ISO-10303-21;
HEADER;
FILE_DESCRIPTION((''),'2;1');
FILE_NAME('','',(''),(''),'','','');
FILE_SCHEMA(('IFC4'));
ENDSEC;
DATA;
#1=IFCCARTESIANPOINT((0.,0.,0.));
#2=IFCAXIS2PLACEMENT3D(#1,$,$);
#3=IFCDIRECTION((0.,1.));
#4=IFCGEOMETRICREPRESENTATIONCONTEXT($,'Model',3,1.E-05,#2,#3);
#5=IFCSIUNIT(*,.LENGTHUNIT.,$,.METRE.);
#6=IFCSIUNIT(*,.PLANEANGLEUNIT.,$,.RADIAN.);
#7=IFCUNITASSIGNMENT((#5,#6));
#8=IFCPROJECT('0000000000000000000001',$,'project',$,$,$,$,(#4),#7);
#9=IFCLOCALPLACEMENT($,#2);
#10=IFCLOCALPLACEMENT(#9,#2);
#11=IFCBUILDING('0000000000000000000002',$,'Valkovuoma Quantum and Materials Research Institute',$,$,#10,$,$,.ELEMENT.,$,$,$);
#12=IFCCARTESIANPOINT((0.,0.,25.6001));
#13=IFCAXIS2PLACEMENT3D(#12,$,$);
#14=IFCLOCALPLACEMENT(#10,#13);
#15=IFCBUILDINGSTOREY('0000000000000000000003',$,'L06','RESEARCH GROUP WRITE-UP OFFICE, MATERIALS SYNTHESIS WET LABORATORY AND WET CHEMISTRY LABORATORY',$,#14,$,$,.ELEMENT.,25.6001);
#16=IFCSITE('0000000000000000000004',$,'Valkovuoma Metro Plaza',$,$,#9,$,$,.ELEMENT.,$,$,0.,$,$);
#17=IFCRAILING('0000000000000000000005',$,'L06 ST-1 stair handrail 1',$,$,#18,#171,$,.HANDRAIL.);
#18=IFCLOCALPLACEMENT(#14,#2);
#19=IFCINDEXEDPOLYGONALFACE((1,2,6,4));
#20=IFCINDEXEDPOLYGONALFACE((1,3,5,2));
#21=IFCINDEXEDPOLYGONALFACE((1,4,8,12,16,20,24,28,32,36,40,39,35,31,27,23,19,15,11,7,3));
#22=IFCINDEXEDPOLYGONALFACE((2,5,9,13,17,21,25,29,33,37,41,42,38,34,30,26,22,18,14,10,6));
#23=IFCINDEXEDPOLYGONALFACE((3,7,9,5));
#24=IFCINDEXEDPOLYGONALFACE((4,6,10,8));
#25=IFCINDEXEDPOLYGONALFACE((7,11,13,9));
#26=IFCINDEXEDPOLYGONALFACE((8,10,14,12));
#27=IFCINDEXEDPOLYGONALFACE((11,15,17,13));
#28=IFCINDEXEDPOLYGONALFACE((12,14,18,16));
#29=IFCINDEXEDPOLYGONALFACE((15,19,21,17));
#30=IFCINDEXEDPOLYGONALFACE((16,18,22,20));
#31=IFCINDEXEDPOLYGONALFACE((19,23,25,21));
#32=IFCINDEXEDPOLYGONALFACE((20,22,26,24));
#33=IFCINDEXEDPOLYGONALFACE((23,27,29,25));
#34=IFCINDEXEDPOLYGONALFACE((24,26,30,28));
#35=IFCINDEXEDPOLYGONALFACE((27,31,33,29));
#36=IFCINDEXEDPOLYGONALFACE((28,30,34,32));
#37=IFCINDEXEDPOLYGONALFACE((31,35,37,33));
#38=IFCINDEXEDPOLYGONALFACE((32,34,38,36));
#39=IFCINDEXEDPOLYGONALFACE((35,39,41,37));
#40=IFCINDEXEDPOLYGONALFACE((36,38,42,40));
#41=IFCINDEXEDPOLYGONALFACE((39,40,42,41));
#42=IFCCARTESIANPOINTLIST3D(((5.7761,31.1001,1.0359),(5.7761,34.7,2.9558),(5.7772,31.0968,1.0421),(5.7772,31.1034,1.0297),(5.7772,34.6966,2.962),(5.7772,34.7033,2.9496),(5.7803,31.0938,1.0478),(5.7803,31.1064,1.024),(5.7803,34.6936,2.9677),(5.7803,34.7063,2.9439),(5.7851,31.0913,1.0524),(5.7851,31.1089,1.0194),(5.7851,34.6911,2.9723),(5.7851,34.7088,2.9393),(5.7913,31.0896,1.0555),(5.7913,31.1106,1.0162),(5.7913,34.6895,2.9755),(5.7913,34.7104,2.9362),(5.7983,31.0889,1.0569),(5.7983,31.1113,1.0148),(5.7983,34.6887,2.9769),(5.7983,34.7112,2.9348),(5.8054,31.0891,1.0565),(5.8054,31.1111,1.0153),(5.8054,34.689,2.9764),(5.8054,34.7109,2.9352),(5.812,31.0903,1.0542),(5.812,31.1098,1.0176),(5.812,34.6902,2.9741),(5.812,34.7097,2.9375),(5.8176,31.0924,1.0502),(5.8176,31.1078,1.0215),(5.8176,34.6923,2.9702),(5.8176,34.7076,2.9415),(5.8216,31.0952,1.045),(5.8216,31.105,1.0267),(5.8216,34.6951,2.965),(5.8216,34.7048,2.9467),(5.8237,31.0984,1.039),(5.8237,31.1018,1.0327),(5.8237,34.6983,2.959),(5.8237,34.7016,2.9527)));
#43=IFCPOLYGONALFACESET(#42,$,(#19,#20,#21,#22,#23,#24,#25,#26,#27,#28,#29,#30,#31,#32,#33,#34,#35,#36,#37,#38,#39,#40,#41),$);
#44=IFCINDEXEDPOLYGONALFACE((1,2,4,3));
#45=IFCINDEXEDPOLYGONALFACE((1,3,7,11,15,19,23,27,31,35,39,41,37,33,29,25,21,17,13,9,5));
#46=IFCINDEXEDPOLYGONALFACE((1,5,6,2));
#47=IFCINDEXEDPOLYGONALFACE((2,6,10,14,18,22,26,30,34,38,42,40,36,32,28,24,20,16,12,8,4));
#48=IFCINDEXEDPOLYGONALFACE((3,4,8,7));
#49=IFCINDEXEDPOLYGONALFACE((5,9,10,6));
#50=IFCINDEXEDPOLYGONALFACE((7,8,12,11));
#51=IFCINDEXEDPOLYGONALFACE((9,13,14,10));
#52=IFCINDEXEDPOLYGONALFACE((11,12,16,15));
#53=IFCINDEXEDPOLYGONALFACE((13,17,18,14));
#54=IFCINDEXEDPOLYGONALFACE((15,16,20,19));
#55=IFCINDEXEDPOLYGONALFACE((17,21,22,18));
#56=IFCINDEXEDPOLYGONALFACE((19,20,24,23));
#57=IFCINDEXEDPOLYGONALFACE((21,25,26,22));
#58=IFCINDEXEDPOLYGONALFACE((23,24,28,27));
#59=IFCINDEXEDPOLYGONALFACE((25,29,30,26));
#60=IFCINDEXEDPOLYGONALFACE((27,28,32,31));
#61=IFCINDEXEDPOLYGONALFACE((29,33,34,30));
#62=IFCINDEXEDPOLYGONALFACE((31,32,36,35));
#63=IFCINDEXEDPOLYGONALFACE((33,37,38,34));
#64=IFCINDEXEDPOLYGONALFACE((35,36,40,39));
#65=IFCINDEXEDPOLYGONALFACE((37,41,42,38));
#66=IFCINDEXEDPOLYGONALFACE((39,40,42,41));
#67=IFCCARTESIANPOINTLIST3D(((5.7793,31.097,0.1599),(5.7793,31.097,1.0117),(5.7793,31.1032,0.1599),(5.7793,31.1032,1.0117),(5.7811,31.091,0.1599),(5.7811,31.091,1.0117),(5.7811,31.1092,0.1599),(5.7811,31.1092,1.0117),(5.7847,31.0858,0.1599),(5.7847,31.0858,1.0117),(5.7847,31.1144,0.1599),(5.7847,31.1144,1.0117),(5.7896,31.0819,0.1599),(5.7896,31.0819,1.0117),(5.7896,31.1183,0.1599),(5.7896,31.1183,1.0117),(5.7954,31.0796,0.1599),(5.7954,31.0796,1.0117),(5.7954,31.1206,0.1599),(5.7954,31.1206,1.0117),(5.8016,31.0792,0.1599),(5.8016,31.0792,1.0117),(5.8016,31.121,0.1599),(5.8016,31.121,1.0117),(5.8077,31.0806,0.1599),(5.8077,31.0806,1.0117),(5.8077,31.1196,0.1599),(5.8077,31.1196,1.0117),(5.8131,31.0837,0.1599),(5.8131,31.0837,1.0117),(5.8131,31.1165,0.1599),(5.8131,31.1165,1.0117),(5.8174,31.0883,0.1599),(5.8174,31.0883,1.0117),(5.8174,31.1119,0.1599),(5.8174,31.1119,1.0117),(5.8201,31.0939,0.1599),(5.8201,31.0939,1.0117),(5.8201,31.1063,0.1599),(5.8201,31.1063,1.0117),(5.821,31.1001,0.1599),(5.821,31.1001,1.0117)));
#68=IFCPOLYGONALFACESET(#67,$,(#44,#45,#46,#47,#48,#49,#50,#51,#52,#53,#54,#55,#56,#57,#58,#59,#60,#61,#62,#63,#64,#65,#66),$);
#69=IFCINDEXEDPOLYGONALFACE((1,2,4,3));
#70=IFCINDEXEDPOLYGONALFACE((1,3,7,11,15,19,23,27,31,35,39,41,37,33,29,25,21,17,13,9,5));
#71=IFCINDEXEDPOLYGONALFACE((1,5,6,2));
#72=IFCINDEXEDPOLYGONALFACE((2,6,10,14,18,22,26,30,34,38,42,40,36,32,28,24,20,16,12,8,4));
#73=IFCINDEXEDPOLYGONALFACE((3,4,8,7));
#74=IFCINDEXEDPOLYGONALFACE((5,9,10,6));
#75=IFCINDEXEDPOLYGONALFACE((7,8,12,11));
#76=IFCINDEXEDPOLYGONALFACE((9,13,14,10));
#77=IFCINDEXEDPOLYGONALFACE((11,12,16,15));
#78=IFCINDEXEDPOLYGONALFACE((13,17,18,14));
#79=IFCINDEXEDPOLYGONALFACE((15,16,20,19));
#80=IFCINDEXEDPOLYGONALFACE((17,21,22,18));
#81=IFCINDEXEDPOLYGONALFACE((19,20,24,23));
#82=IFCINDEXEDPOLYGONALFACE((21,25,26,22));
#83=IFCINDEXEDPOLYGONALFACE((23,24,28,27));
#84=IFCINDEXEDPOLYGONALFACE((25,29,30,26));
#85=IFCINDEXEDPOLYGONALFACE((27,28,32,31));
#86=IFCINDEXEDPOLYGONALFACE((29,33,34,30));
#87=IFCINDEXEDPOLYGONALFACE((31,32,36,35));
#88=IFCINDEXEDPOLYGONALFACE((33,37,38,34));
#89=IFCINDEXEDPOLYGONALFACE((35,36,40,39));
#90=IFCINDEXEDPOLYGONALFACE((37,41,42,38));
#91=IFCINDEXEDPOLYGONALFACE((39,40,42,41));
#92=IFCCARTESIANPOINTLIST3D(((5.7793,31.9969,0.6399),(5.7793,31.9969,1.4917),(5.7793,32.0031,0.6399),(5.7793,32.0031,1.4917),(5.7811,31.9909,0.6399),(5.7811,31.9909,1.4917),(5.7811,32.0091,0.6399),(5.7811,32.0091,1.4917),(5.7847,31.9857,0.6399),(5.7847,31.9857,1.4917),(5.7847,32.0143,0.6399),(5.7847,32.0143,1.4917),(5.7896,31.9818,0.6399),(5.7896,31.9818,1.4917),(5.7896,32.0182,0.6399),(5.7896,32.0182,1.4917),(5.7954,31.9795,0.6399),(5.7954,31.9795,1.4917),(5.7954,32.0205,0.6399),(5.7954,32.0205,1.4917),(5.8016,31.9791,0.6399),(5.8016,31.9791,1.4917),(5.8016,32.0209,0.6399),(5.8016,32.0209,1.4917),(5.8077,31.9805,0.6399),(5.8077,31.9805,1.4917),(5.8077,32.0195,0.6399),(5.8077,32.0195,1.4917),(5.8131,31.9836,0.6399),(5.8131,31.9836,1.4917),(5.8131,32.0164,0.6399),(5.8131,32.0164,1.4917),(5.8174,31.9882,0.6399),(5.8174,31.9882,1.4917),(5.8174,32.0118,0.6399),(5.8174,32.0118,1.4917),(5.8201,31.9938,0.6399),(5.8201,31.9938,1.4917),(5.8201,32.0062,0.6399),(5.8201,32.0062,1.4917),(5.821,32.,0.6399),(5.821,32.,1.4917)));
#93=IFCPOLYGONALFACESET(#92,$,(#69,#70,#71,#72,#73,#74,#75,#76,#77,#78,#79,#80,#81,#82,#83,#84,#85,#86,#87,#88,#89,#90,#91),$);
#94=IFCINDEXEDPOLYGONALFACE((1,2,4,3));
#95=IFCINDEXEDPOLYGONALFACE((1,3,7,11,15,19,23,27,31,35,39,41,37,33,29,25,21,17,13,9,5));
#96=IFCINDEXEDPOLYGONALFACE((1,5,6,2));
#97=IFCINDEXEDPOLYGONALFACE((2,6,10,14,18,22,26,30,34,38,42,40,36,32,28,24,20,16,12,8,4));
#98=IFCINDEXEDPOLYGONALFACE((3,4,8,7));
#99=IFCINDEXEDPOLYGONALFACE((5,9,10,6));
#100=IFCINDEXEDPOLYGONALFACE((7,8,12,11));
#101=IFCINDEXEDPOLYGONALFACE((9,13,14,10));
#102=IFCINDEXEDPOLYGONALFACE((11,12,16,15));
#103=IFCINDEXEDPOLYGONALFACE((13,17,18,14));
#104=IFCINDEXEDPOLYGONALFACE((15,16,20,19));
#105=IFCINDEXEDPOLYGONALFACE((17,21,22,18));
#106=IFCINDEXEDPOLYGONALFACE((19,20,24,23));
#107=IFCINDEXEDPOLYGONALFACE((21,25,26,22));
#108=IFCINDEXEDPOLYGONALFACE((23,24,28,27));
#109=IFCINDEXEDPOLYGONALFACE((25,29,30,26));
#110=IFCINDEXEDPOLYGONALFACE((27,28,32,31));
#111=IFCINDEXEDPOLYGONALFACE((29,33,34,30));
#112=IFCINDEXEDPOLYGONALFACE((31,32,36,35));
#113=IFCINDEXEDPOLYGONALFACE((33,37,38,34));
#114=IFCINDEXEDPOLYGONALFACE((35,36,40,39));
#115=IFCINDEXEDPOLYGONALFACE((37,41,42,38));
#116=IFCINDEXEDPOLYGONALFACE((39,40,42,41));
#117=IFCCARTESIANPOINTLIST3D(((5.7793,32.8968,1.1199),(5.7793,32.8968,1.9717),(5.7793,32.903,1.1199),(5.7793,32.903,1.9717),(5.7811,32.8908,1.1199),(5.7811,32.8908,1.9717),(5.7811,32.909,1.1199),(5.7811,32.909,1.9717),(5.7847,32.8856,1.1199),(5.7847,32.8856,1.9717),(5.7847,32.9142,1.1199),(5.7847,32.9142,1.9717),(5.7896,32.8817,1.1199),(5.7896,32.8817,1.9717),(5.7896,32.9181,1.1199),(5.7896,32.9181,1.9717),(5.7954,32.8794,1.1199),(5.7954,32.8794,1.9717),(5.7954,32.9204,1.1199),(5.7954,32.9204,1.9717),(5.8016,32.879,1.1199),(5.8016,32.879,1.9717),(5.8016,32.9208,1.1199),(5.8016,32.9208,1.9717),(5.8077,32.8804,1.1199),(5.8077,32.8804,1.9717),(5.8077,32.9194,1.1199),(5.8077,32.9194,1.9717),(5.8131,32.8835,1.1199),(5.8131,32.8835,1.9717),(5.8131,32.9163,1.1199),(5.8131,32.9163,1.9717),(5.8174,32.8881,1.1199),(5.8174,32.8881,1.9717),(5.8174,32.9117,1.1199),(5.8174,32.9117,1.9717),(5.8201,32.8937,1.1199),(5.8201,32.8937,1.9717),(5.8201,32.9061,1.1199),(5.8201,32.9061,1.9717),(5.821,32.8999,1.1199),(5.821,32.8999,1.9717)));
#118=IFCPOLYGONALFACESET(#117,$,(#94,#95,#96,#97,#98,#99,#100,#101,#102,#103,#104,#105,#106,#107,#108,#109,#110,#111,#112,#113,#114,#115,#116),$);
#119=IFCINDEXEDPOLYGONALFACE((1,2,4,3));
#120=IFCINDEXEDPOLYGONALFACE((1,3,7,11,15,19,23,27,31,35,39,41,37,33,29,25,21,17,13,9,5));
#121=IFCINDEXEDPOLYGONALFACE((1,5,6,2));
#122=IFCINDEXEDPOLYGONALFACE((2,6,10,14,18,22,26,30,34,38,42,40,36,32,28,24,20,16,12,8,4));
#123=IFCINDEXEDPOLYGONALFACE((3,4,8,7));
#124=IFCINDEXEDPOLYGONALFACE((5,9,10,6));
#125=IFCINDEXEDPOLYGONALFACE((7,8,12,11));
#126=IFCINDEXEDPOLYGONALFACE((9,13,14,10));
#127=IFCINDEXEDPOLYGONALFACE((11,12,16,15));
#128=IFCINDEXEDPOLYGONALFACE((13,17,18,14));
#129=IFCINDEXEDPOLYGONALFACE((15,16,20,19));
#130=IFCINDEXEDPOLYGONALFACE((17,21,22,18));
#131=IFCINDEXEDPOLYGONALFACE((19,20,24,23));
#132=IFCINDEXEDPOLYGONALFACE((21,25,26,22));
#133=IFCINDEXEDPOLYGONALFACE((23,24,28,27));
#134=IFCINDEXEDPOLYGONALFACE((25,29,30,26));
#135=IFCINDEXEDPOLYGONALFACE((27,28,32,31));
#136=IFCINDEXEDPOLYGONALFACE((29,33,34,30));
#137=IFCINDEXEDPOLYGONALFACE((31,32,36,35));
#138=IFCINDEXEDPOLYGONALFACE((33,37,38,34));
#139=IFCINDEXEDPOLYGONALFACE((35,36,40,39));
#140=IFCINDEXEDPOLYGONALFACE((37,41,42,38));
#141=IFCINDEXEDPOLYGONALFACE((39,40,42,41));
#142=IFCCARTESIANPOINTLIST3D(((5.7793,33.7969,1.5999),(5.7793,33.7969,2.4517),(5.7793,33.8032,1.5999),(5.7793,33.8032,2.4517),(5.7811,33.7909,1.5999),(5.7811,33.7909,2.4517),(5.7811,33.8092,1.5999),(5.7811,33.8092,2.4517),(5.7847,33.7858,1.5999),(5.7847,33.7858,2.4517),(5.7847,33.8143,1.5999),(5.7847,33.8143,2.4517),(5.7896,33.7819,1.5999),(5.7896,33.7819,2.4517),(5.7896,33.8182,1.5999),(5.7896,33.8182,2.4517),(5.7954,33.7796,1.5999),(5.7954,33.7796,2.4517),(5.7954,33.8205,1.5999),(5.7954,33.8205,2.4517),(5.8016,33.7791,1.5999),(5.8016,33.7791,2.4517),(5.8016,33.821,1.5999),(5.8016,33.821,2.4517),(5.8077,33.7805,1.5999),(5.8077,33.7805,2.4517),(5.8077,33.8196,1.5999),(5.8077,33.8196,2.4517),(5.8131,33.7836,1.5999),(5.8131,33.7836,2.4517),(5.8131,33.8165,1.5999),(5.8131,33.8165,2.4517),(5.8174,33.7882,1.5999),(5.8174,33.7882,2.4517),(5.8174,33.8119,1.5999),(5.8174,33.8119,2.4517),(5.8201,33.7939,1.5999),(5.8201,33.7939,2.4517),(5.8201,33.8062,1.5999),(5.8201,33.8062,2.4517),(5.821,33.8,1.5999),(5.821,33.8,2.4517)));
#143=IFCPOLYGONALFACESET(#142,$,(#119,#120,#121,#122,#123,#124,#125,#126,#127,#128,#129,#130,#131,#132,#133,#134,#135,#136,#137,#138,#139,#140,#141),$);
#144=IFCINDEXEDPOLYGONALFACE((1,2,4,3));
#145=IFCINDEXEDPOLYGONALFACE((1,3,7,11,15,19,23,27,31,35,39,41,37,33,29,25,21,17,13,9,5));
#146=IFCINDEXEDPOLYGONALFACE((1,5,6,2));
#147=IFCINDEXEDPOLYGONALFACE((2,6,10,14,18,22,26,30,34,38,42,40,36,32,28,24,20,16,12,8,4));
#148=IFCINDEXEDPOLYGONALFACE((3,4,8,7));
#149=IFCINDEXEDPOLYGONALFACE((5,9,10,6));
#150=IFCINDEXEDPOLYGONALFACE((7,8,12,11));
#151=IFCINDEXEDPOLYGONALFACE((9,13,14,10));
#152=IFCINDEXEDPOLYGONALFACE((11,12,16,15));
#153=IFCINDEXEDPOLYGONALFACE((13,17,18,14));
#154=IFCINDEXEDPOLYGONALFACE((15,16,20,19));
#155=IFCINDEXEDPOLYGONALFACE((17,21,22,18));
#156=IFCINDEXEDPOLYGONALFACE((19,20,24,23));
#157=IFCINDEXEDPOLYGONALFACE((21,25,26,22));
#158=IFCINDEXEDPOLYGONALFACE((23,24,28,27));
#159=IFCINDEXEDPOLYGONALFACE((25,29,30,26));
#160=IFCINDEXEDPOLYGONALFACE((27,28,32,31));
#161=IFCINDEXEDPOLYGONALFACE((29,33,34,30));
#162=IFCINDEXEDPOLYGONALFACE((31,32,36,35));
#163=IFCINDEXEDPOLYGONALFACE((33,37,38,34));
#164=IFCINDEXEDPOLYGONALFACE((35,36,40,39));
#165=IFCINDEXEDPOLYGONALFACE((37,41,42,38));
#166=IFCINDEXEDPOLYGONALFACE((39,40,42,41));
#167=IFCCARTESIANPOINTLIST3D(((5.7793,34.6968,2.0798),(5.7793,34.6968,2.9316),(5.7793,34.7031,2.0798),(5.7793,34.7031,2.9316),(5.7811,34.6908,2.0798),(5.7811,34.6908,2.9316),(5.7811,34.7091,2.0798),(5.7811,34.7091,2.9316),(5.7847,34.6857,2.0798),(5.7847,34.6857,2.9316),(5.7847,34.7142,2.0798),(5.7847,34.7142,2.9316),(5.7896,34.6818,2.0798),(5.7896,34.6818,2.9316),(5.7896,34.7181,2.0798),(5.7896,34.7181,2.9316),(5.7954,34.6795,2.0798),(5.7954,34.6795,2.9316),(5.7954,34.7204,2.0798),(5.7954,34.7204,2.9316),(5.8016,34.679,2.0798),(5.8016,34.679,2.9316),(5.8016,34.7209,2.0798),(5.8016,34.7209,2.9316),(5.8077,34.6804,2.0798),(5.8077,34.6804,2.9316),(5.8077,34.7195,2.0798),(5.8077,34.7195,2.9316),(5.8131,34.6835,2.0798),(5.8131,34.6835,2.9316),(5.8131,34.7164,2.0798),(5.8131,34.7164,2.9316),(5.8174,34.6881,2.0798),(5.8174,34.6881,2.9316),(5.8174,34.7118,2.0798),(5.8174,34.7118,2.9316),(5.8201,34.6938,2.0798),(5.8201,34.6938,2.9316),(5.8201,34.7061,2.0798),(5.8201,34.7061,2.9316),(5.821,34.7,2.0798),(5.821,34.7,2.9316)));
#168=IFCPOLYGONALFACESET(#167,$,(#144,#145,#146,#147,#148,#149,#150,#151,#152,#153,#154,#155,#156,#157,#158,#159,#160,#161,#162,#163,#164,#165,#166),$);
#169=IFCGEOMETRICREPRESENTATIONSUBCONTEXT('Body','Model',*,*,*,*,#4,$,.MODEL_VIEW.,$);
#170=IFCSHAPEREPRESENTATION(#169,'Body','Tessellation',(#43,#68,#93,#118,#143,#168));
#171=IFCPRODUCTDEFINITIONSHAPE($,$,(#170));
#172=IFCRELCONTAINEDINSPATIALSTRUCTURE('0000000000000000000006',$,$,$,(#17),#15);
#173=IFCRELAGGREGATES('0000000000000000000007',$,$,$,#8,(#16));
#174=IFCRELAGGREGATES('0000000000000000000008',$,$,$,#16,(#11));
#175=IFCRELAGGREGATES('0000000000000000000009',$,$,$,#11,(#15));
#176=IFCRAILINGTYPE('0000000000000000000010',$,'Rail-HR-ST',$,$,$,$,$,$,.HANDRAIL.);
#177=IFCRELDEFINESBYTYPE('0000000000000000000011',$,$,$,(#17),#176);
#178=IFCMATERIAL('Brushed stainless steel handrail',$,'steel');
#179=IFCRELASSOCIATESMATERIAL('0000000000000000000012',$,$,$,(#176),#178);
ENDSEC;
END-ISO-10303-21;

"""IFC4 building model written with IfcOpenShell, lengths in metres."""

from ifc_helpers import new_model, si_unit, direction, frame, origin, origin_2d, place, context, subcontext, project, spatial, circle, extrude, material, type_object, element, save


model = new_model("IFC4")

# Units and contexts
model_context = context("Model", 3, precision=1e-05, world=origin(), true_north=direction((0.0, 1.0)))
body_context = subcontext(model_context, "Body", "Model", "MODEL_VIEW")
ifc_project = project(units=[si_unit("LENGTHUNIT", "METRE"), si_unit("PLANEANGLEUNIT", "RADIAN")], contexts=[model_context])

# Site, building, storey
site_placement = place(None, origin())
site = spatial("IfcSite", under=ifc_project, at=site_placement, Name="Valkovuoma Metro Plaza", CompositionType="ELEMENT", RefElevation=0.0)
building_placement = place(site_placement, origin())
building = spatial("IfcBuilding", under=site, at=building_placement, Name="Valkovuoma Quantum and Materials Research Institute", CompositionType="ELEMENT")
storey_placement = place(building_placement, frame((0.0, 0.0, 25.6001)))
storey = spatial("IfcBuildingStorey", under=building, at=storey_placement, Name="L06", Description="RESEARCH GROUP WRITE-UP OFFICE, MATERIALS SYNTHESIS WET LABORATORY AND WET CHEMISTRY LABORATORY", CompositionType="ELEMENT", Elevation=25.6001)

# Railing
ifc_material_1 = material(Name="Brushed stainless steel handrail", Category="steel")
railing_type_1 = type_object("IfcRailingType", Name="Rail-HR-ST", PredefinedType="HANDRAIL", material=ifc_material_1)
railing_1_placement = place(storey_placement, frame((5.8, 31.1001, 0.1599)))
element("IfcRailing", 1, at=railing_1_placement, inside=storey, type_object=railing_type_1, Name="L06 ST-1 stair handrail 1", PredefinedType="HANDRAIL", context=body_context, shape_type="SweptSolid", body=[
    extrude(circle(Radius=0.0239, at=origin_2d()), frame((0.0, 0.0, 0.876), z_axis=(0.0, 0.882353, 0.470588), x_axis=(-1.0, 0.0, 0.0)), (0.0, 0.0, 1.0), 4.0798),
    extrude(circle(Radius=0.021, at=origin_2d()), origin(), (0.0, 0.0, 1.0), 0.8518),
    extrude(circle(Radius=0.021, at=origin_2d()), frame((0.0, 0.8999, 0.48)), (0.0, 0.0, 1.0), 0.8518),
    extrude(circle(Radius=0.021, at=origin_2d()), frame((0.0, 1.7998, 0.96)), (0.0, 0.0, 1.0), 0.8518),
    extrude(circle(Radius=0.021, at=origin_2d()), frame((0.0, 2.7, 1.4399)), (0.0, 0.0, 1.0), 0.8518),
    extrude(circle(Radius=0.021, at=origin_2d()), frame((0.0, 3.5999, 1.9199)), (0.0, 0.0, 1.0), 0.8518),
])

save(model, "model.ifc")
